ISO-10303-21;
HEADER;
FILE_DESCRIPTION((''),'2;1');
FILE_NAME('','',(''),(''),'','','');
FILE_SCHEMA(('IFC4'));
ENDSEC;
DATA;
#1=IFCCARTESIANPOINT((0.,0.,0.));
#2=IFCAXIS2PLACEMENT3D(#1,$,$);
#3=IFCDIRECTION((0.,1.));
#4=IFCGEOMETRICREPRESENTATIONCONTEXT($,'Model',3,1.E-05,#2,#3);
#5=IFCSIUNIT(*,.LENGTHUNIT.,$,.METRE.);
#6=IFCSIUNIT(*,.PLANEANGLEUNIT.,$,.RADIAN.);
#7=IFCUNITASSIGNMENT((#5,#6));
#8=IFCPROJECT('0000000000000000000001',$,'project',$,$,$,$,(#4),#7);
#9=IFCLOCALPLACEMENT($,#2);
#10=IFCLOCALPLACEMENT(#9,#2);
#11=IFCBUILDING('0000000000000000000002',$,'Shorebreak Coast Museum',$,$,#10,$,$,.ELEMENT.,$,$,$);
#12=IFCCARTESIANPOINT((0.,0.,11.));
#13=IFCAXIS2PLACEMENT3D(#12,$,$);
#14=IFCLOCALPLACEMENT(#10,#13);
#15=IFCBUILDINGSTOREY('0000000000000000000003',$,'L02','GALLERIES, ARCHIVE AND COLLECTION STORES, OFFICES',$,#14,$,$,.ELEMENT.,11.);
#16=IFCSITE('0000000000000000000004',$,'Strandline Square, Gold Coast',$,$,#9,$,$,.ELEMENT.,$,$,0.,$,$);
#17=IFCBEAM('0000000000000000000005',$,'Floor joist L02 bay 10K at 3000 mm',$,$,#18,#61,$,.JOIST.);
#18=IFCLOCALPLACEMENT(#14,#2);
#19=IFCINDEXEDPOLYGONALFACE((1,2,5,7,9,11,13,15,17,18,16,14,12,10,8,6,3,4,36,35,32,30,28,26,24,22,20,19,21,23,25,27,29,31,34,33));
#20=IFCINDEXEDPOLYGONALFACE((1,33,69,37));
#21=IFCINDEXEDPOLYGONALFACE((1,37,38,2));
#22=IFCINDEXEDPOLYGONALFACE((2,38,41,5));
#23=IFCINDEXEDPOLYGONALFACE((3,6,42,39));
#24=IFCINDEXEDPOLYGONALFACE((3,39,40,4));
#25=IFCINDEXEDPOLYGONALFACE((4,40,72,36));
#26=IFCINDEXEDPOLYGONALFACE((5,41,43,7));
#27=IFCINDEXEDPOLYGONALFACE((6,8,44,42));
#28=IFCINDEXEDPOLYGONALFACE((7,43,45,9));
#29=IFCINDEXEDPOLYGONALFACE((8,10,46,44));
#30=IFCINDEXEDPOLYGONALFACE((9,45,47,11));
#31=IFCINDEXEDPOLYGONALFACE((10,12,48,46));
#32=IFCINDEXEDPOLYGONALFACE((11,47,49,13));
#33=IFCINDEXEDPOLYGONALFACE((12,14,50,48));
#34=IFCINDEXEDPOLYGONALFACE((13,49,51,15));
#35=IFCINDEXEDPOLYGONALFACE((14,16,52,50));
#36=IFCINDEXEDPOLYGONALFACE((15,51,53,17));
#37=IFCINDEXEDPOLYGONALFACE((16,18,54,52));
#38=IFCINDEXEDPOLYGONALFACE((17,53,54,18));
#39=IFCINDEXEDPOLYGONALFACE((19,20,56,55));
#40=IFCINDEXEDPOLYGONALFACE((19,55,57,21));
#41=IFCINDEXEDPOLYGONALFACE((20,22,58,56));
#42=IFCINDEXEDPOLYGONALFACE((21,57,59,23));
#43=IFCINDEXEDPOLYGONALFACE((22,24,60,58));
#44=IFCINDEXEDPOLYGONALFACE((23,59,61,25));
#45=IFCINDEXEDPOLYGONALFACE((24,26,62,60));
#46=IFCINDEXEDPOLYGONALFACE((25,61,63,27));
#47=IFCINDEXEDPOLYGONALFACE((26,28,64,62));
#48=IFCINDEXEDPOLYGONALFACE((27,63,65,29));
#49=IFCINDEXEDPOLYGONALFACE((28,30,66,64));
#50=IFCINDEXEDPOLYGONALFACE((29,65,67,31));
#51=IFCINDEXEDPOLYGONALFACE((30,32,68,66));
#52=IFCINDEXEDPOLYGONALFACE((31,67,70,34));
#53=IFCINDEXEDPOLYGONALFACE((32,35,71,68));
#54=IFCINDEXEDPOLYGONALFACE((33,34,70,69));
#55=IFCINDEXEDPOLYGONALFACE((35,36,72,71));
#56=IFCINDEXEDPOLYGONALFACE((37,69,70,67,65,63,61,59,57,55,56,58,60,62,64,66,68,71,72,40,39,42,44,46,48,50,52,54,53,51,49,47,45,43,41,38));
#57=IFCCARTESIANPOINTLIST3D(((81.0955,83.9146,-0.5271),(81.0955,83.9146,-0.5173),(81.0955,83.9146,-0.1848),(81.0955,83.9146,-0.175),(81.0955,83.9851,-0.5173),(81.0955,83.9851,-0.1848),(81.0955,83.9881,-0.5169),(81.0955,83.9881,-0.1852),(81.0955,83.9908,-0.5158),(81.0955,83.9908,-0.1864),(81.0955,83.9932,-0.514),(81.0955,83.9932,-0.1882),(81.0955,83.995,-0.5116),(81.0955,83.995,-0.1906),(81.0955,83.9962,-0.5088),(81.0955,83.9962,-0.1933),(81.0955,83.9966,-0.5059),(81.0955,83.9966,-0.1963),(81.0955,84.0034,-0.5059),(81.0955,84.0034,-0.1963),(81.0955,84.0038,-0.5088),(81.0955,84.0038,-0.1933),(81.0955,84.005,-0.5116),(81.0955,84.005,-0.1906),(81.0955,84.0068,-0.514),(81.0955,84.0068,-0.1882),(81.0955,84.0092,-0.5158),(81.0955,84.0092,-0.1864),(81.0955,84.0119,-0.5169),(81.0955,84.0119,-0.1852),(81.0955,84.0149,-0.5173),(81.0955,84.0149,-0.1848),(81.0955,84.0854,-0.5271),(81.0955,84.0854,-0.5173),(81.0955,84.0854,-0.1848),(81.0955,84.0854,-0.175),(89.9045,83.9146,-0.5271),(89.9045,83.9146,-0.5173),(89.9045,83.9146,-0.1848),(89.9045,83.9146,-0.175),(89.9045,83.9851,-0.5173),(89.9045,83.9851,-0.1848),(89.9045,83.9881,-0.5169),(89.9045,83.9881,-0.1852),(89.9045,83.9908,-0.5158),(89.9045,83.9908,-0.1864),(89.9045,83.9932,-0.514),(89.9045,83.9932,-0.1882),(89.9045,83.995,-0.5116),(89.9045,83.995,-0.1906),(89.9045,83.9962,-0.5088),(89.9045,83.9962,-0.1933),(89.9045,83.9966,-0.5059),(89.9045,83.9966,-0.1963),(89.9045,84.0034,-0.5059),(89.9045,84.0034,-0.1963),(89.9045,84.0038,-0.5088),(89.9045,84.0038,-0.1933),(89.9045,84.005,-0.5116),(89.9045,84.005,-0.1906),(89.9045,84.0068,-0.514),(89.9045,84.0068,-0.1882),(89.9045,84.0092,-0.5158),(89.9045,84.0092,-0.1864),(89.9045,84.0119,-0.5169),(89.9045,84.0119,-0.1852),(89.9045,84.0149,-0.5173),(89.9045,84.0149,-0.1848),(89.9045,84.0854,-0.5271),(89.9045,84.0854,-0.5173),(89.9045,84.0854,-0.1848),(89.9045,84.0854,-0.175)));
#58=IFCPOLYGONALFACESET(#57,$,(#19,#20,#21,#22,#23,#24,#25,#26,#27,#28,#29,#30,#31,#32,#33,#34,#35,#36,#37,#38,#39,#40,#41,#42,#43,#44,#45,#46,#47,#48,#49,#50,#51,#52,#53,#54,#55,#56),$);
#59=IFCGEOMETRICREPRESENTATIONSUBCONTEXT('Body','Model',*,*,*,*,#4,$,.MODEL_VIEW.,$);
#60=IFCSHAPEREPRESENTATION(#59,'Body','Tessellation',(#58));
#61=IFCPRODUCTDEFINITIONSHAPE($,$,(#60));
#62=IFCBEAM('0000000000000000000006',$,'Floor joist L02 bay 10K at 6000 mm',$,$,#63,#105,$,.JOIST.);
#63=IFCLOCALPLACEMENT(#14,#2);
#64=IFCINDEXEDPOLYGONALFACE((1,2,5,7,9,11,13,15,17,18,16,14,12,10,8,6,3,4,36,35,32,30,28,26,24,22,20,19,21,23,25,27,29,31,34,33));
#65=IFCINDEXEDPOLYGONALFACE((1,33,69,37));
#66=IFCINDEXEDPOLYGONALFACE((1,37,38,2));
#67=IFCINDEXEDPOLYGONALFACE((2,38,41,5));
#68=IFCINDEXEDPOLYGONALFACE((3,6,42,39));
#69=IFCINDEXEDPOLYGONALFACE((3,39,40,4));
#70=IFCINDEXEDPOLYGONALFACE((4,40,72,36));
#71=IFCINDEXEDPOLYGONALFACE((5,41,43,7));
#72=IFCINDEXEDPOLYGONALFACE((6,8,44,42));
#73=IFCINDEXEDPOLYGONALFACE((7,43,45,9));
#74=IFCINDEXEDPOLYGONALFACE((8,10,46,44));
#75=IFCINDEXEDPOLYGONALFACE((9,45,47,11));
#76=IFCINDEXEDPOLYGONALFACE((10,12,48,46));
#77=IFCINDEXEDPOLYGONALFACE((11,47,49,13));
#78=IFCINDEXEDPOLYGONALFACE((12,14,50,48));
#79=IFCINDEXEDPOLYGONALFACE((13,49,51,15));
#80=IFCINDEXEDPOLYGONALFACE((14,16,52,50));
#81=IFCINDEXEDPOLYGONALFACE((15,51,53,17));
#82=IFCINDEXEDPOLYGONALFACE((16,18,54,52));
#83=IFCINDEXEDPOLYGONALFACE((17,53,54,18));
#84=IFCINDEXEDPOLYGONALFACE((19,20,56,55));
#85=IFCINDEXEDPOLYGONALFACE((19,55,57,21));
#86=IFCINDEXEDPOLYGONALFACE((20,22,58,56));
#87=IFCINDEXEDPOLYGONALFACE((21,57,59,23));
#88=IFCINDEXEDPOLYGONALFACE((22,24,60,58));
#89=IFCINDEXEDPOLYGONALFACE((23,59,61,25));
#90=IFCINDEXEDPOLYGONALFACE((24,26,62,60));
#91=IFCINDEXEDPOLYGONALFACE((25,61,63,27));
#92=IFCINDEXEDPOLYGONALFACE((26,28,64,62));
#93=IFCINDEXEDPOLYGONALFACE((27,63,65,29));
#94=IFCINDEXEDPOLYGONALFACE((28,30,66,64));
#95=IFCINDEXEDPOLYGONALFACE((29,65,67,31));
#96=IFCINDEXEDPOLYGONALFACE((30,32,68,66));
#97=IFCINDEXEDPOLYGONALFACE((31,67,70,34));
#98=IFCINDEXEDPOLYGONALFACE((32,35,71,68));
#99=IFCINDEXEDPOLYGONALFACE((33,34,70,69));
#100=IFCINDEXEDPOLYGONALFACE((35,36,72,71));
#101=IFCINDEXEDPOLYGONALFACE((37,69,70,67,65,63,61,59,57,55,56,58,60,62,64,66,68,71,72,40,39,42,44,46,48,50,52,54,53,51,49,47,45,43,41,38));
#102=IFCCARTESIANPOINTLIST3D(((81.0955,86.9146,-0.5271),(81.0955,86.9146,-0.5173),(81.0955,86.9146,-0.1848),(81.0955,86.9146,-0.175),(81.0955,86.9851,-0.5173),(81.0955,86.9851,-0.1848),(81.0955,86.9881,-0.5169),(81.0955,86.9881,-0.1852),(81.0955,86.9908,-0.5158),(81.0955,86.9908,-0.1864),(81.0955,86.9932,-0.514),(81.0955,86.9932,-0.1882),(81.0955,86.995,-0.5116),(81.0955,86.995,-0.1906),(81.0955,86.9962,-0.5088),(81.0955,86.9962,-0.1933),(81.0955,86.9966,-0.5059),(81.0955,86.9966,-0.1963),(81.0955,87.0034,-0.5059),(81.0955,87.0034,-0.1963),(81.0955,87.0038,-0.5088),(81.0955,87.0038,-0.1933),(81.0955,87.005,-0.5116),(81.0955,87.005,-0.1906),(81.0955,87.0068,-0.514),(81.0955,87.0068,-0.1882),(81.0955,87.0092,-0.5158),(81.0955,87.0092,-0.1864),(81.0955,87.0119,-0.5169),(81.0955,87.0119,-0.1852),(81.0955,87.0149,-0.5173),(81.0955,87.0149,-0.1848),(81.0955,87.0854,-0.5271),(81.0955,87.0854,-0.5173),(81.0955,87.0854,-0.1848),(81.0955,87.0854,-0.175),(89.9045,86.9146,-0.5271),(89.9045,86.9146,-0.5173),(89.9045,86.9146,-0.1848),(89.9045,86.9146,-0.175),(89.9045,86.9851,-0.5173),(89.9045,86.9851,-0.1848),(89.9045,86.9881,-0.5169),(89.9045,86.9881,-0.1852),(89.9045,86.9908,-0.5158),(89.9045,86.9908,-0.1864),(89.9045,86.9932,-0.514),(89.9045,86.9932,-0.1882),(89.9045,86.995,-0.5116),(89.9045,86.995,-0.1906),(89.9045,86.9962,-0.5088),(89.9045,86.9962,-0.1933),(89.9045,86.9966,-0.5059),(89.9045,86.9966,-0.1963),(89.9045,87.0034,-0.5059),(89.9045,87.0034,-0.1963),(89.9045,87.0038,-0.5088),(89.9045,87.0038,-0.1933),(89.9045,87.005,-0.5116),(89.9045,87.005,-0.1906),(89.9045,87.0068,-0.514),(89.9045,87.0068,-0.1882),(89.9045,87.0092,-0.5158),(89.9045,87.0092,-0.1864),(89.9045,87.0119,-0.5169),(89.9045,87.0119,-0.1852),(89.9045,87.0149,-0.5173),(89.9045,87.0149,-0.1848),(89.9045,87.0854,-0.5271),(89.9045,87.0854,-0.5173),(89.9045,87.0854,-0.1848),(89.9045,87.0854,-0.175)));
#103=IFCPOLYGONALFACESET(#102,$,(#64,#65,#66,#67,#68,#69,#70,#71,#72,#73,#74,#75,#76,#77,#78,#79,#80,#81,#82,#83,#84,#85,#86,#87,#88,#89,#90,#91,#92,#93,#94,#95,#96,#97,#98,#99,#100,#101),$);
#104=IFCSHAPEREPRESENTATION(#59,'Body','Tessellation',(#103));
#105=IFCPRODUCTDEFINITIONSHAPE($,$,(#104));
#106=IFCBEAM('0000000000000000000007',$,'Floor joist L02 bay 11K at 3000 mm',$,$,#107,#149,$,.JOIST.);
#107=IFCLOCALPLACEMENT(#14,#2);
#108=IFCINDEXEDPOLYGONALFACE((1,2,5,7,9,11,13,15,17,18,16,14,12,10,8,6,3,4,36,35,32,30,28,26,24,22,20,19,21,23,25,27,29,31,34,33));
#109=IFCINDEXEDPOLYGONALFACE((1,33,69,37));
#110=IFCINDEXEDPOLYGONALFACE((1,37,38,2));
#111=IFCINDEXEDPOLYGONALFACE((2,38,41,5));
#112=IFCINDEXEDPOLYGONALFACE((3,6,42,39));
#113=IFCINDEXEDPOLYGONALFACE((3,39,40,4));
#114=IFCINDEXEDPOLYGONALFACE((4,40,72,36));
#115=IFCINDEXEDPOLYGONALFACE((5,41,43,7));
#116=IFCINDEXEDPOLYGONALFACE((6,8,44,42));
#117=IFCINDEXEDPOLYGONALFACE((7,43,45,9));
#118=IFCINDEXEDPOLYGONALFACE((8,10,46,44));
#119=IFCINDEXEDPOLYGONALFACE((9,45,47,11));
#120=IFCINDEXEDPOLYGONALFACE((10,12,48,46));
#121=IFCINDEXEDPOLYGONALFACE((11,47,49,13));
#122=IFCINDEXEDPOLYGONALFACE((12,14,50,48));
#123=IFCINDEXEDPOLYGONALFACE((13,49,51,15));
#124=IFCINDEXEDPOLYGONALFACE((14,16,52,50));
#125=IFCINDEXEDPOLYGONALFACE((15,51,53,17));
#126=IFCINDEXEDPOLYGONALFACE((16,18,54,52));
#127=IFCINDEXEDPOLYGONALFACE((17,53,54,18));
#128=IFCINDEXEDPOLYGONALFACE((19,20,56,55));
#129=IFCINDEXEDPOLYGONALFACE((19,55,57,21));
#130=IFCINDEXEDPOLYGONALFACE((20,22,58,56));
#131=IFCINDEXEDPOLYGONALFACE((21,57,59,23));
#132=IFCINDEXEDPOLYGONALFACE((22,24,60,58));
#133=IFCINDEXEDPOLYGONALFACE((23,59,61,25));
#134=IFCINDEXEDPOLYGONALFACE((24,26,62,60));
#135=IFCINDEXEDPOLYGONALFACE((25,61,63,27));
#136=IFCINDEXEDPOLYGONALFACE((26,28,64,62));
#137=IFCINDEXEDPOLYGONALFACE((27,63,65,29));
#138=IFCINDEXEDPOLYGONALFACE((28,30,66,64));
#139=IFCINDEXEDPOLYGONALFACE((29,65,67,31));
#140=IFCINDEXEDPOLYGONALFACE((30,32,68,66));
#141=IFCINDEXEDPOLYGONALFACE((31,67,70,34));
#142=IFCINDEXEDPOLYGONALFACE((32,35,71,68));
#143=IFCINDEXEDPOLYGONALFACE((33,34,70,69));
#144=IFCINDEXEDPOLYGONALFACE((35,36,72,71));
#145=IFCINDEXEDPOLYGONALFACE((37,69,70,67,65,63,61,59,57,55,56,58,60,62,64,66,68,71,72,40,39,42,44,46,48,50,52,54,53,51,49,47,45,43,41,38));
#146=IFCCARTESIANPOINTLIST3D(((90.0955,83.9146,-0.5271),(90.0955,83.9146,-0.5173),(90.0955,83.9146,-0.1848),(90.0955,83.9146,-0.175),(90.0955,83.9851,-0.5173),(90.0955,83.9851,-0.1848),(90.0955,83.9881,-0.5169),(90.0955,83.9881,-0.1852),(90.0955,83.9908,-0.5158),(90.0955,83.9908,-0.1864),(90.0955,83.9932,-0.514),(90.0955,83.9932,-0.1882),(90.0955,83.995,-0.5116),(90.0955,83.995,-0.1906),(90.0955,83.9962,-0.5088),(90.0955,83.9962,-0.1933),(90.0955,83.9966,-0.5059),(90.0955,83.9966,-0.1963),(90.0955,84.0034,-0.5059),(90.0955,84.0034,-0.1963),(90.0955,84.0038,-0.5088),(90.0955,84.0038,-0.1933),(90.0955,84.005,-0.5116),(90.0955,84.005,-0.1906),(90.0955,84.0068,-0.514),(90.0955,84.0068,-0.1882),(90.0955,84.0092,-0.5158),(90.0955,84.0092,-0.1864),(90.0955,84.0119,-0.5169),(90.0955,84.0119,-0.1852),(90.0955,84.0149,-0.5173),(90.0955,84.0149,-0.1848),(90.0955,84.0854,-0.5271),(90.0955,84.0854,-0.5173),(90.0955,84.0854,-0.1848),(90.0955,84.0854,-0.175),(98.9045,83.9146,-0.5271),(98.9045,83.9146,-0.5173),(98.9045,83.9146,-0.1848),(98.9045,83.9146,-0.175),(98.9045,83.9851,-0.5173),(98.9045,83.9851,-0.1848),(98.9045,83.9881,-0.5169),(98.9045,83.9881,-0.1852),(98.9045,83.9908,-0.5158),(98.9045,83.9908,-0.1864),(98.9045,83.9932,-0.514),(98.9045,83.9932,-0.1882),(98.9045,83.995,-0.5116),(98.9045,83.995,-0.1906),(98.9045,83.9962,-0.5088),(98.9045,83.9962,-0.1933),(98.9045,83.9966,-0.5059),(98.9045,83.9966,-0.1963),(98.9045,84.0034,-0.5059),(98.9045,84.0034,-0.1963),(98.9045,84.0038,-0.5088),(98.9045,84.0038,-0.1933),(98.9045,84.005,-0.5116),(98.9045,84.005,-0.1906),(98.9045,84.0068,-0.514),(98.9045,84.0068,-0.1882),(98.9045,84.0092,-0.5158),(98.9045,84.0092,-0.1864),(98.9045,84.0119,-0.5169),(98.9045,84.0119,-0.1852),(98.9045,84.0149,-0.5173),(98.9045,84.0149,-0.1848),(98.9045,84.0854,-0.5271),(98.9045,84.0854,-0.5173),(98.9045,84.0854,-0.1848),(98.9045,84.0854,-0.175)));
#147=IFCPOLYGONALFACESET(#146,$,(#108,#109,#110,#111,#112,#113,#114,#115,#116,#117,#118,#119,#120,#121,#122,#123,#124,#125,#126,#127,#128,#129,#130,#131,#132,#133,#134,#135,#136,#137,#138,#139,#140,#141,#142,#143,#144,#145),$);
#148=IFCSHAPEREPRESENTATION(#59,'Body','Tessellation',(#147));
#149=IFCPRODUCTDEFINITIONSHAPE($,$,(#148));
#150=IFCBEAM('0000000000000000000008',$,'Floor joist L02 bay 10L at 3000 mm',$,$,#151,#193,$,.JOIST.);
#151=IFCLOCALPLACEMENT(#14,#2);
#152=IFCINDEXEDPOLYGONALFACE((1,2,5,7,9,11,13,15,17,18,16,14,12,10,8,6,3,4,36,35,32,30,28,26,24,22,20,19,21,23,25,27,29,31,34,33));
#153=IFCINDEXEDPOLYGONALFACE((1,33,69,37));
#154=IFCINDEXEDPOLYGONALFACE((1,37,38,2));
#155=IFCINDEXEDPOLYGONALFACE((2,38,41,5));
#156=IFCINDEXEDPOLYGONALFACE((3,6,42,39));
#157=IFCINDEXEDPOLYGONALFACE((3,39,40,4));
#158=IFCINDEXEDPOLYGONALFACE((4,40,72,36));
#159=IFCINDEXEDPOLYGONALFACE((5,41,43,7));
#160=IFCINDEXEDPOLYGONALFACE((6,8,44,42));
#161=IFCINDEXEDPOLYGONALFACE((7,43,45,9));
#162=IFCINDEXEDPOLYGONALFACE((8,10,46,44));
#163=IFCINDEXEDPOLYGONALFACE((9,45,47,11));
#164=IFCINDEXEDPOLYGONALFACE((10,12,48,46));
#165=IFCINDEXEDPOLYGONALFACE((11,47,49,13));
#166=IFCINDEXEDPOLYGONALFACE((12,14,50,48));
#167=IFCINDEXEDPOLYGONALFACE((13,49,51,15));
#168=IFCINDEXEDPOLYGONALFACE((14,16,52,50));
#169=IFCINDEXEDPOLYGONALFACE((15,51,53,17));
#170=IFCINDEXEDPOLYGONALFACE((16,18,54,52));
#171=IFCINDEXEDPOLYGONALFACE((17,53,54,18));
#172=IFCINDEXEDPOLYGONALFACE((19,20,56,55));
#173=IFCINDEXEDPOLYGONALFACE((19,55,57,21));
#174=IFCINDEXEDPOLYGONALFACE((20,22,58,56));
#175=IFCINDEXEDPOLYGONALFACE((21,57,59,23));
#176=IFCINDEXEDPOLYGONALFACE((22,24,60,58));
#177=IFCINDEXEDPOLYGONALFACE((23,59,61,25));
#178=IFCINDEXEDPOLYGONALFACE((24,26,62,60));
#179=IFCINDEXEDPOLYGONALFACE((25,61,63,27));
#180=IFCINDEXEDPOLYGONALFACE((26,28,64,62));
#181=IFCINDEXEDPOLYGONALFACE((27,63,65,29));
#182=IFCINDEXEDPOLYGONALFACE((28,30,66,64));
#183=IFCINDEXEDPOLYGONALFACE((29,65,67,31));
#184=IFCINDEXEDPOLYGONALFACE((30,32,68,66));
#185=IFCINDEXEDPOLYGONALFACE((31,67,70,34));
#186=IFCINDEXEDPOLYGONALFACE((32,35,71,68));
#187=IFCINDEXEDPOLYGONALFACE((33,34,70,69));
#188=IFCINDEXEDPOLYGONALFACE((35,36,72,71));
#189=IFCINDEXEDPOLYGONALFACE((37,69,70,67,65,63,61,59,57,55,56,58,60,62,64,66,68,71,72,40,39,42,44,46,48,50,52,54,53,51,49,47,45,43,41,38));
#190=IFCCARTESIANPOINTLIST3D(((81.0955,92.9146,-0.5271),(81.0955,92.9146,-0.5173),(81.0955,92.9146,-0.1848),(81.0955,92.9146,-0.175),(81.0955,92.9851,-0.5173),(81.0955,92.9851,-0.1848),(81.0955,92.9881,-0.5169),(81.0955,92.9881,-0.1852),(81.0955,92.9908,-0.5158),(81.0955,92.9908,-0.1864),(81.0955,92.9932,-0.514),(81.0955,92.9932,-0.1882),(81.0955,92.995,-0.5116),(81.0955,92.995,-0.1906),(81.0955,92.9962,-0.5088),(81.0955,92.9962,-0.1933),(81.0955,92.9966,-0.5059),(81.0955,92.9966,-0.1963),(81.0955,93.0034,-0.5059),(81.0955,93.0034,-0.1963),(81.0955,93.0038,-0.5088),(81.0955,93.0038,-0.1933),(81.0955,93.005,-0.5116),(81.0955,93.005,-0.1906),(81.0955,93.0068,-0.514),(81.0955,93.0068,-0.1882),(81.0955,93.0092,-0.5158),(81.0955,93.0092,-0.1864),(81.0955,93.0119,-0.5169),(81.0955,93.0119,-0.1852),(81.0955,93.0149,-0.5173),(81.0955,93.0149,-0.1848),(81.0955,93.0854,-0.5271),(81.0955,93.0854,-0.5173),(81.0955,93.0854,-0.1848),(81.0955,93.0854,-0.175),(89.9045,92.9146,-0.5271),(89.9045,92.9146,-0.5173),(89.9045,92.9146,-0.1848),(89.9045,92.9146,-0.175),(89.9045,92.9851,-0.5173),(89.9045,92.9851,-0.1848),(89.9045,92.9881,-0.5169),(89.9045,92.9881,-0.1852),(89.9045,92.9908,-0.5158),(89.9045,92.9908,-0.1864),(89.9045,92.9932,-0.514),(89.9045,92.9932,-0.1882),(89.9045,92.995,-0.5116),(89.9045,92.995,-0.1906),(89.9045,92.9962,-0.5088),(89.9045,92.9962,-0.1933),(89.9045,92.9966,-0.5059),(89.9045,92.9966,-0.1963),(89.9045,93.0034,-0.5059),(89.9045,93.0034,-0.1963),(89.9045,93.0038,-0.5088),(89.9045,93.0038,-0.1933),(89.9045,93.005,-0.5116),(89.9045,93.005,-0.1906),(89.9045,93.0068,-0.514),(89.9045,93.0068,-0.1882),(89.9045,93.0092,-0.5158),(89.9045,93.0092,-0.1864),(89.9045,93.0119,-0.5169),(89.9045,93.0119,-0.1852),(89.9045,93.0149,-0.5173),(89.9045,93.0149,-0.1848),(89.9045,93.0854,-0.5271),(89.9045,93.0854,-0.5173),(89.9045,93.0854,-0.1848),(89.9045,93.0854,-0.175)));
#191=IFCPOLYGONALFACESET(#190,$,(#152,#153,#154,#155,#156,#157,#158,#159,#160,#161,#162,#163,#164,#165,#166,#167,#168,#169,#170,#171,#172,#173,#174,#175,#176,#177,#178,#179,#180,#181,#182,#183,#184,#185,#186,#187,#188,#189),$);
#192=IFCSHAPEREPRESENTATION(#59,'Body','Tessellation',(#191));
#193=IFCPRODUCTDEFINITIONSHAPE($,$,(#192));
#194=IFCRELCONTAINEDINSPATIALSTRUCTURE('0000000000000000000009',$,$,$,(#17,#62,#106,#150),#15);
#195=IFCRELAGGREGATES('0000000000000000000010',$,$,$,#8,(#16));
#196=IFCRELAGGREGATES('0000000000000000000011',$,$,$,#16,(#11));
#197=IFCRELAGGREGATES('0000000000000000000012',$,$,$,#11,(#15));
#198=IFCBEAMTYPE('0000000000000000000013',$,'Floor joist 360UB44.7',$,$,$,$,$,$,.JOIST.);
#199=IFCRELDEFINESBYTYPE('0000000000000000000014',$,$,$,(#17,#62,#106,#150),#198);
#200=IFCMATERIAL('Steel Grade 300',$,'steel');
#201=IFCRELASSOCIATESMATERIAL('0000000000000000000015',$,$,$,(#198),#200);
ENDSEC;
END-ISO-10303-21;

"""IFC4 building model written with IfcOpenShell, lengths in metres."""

from ifc_helpers import new_model, si_unit, direction, frame, origin, origin_2d, place, context, subcontext, project, spatial, i_section, extrude, material, material_profile, profile_set, type_object, element, save


model = new_model("IFC4")

# Units and contexts
model_context = context("Model", 3, precision=1e-05, world=origin(), true_north=direction((0.0, 1.0)))
body_context = subcontext(model_context, "Body", "Model", "MODEL_VIEW")
ifc_project = project(units=[si_unit("LENGTHUNIT", "METRE"), si_unit("PLANEANGLEUNIT", "RADIAN")], contexts=[model_context])

# Site, building, storey
site_placement = place(None, origin())
site = spatial("IfcSite", under=ifc_project, at=site_placement, Name="Strandline Square, Gold Coast", CompositionType="ELEMENT", RefElevation=0.0)
building_placement = place(site_placement, origin())
building = spatial("IfcBuilding", under=site, at=building_placement, Name="Shorebreak Coast Museum", CompositionType="ELEMENT")
storey_placement = place(building_placement, frame((0.0, 0.0, 11.0)))
storey = spatial("IfcBuildingStorey", under=building, at=storey_placement, Name="L02", Description="GALLERIES, ARCHIVE AND COLLECTION STORES, OFFICES", CompositionType="ELEMENT", Elevation=11.0)

# Beams
ifc_material_1 = material(Name="Steel Grade 300", Category="steel")
ifc_material_profile_1 = material_profile(ifc_material_1, i_section(OverallWidth=0.1709, OverallDepth=0.3521, WebThickness=0.0068, FlangeThickness=0.0098, FilletRadius=0.0115, at=origin_2d()), Name="360UB44.7")
ifc_profile_set_1 = profile_set([ifc_material_profile_1], Name="Steel Grade 300")
beam_type_1 = type_object("IfcBeamType", Name="Floor joist 360UB44.7", PredefinedType="JOIST", material=ifc_profile_set_1)
for number, where, z_axis, x_axis, name in (
    (1, (81.0955, 84.0, -0.3511), (1.0, 0.0, 0.0), (0.0, 1.0, 0.0), "Floor joist L02 bay 10K at 3000 mm"),
    (2, (81.0955, 87.0, -0.3511), (1.0, 0.0, 0.0), (0.0, 1.0, 0.0), "Floor joist L02 bay 10K at 6000 mm"),
    (3, (90.0955, 84.0, -0.3511), (1.0, 0.0, 0.0), (0.0, 1.0, 0.0), "Floor joist L02 bay 11K at 3000 mm"),
    (4, (81.0955, 93.0, -0.3511), (1.0, 0.0, 0.0), (0.0, 1.0, 0.0), "Floor joist L02 bay 10L at 3000 mm"),
):
    element("IfcBeam", number, at=place(storey_placement, frame(where, z_axis=z_axis, x_axis=x_axis)), inside=storey, type_object=beam_type_1, Name=name, PredefinedType="JOIST", context=body_context, shape_type="SweptSolid", body=[
        extrude(i_section(OverallWidth=0.1709, OverallDepth=0.3521, WebThickness=0.0068, FlangeThickness=0.0098, FilletRadius=0.0115, at=origin_2d()), origin(), (0.0, 0.0, 1.0), 8.8091),
    ])

save(model, "model.ifc")
